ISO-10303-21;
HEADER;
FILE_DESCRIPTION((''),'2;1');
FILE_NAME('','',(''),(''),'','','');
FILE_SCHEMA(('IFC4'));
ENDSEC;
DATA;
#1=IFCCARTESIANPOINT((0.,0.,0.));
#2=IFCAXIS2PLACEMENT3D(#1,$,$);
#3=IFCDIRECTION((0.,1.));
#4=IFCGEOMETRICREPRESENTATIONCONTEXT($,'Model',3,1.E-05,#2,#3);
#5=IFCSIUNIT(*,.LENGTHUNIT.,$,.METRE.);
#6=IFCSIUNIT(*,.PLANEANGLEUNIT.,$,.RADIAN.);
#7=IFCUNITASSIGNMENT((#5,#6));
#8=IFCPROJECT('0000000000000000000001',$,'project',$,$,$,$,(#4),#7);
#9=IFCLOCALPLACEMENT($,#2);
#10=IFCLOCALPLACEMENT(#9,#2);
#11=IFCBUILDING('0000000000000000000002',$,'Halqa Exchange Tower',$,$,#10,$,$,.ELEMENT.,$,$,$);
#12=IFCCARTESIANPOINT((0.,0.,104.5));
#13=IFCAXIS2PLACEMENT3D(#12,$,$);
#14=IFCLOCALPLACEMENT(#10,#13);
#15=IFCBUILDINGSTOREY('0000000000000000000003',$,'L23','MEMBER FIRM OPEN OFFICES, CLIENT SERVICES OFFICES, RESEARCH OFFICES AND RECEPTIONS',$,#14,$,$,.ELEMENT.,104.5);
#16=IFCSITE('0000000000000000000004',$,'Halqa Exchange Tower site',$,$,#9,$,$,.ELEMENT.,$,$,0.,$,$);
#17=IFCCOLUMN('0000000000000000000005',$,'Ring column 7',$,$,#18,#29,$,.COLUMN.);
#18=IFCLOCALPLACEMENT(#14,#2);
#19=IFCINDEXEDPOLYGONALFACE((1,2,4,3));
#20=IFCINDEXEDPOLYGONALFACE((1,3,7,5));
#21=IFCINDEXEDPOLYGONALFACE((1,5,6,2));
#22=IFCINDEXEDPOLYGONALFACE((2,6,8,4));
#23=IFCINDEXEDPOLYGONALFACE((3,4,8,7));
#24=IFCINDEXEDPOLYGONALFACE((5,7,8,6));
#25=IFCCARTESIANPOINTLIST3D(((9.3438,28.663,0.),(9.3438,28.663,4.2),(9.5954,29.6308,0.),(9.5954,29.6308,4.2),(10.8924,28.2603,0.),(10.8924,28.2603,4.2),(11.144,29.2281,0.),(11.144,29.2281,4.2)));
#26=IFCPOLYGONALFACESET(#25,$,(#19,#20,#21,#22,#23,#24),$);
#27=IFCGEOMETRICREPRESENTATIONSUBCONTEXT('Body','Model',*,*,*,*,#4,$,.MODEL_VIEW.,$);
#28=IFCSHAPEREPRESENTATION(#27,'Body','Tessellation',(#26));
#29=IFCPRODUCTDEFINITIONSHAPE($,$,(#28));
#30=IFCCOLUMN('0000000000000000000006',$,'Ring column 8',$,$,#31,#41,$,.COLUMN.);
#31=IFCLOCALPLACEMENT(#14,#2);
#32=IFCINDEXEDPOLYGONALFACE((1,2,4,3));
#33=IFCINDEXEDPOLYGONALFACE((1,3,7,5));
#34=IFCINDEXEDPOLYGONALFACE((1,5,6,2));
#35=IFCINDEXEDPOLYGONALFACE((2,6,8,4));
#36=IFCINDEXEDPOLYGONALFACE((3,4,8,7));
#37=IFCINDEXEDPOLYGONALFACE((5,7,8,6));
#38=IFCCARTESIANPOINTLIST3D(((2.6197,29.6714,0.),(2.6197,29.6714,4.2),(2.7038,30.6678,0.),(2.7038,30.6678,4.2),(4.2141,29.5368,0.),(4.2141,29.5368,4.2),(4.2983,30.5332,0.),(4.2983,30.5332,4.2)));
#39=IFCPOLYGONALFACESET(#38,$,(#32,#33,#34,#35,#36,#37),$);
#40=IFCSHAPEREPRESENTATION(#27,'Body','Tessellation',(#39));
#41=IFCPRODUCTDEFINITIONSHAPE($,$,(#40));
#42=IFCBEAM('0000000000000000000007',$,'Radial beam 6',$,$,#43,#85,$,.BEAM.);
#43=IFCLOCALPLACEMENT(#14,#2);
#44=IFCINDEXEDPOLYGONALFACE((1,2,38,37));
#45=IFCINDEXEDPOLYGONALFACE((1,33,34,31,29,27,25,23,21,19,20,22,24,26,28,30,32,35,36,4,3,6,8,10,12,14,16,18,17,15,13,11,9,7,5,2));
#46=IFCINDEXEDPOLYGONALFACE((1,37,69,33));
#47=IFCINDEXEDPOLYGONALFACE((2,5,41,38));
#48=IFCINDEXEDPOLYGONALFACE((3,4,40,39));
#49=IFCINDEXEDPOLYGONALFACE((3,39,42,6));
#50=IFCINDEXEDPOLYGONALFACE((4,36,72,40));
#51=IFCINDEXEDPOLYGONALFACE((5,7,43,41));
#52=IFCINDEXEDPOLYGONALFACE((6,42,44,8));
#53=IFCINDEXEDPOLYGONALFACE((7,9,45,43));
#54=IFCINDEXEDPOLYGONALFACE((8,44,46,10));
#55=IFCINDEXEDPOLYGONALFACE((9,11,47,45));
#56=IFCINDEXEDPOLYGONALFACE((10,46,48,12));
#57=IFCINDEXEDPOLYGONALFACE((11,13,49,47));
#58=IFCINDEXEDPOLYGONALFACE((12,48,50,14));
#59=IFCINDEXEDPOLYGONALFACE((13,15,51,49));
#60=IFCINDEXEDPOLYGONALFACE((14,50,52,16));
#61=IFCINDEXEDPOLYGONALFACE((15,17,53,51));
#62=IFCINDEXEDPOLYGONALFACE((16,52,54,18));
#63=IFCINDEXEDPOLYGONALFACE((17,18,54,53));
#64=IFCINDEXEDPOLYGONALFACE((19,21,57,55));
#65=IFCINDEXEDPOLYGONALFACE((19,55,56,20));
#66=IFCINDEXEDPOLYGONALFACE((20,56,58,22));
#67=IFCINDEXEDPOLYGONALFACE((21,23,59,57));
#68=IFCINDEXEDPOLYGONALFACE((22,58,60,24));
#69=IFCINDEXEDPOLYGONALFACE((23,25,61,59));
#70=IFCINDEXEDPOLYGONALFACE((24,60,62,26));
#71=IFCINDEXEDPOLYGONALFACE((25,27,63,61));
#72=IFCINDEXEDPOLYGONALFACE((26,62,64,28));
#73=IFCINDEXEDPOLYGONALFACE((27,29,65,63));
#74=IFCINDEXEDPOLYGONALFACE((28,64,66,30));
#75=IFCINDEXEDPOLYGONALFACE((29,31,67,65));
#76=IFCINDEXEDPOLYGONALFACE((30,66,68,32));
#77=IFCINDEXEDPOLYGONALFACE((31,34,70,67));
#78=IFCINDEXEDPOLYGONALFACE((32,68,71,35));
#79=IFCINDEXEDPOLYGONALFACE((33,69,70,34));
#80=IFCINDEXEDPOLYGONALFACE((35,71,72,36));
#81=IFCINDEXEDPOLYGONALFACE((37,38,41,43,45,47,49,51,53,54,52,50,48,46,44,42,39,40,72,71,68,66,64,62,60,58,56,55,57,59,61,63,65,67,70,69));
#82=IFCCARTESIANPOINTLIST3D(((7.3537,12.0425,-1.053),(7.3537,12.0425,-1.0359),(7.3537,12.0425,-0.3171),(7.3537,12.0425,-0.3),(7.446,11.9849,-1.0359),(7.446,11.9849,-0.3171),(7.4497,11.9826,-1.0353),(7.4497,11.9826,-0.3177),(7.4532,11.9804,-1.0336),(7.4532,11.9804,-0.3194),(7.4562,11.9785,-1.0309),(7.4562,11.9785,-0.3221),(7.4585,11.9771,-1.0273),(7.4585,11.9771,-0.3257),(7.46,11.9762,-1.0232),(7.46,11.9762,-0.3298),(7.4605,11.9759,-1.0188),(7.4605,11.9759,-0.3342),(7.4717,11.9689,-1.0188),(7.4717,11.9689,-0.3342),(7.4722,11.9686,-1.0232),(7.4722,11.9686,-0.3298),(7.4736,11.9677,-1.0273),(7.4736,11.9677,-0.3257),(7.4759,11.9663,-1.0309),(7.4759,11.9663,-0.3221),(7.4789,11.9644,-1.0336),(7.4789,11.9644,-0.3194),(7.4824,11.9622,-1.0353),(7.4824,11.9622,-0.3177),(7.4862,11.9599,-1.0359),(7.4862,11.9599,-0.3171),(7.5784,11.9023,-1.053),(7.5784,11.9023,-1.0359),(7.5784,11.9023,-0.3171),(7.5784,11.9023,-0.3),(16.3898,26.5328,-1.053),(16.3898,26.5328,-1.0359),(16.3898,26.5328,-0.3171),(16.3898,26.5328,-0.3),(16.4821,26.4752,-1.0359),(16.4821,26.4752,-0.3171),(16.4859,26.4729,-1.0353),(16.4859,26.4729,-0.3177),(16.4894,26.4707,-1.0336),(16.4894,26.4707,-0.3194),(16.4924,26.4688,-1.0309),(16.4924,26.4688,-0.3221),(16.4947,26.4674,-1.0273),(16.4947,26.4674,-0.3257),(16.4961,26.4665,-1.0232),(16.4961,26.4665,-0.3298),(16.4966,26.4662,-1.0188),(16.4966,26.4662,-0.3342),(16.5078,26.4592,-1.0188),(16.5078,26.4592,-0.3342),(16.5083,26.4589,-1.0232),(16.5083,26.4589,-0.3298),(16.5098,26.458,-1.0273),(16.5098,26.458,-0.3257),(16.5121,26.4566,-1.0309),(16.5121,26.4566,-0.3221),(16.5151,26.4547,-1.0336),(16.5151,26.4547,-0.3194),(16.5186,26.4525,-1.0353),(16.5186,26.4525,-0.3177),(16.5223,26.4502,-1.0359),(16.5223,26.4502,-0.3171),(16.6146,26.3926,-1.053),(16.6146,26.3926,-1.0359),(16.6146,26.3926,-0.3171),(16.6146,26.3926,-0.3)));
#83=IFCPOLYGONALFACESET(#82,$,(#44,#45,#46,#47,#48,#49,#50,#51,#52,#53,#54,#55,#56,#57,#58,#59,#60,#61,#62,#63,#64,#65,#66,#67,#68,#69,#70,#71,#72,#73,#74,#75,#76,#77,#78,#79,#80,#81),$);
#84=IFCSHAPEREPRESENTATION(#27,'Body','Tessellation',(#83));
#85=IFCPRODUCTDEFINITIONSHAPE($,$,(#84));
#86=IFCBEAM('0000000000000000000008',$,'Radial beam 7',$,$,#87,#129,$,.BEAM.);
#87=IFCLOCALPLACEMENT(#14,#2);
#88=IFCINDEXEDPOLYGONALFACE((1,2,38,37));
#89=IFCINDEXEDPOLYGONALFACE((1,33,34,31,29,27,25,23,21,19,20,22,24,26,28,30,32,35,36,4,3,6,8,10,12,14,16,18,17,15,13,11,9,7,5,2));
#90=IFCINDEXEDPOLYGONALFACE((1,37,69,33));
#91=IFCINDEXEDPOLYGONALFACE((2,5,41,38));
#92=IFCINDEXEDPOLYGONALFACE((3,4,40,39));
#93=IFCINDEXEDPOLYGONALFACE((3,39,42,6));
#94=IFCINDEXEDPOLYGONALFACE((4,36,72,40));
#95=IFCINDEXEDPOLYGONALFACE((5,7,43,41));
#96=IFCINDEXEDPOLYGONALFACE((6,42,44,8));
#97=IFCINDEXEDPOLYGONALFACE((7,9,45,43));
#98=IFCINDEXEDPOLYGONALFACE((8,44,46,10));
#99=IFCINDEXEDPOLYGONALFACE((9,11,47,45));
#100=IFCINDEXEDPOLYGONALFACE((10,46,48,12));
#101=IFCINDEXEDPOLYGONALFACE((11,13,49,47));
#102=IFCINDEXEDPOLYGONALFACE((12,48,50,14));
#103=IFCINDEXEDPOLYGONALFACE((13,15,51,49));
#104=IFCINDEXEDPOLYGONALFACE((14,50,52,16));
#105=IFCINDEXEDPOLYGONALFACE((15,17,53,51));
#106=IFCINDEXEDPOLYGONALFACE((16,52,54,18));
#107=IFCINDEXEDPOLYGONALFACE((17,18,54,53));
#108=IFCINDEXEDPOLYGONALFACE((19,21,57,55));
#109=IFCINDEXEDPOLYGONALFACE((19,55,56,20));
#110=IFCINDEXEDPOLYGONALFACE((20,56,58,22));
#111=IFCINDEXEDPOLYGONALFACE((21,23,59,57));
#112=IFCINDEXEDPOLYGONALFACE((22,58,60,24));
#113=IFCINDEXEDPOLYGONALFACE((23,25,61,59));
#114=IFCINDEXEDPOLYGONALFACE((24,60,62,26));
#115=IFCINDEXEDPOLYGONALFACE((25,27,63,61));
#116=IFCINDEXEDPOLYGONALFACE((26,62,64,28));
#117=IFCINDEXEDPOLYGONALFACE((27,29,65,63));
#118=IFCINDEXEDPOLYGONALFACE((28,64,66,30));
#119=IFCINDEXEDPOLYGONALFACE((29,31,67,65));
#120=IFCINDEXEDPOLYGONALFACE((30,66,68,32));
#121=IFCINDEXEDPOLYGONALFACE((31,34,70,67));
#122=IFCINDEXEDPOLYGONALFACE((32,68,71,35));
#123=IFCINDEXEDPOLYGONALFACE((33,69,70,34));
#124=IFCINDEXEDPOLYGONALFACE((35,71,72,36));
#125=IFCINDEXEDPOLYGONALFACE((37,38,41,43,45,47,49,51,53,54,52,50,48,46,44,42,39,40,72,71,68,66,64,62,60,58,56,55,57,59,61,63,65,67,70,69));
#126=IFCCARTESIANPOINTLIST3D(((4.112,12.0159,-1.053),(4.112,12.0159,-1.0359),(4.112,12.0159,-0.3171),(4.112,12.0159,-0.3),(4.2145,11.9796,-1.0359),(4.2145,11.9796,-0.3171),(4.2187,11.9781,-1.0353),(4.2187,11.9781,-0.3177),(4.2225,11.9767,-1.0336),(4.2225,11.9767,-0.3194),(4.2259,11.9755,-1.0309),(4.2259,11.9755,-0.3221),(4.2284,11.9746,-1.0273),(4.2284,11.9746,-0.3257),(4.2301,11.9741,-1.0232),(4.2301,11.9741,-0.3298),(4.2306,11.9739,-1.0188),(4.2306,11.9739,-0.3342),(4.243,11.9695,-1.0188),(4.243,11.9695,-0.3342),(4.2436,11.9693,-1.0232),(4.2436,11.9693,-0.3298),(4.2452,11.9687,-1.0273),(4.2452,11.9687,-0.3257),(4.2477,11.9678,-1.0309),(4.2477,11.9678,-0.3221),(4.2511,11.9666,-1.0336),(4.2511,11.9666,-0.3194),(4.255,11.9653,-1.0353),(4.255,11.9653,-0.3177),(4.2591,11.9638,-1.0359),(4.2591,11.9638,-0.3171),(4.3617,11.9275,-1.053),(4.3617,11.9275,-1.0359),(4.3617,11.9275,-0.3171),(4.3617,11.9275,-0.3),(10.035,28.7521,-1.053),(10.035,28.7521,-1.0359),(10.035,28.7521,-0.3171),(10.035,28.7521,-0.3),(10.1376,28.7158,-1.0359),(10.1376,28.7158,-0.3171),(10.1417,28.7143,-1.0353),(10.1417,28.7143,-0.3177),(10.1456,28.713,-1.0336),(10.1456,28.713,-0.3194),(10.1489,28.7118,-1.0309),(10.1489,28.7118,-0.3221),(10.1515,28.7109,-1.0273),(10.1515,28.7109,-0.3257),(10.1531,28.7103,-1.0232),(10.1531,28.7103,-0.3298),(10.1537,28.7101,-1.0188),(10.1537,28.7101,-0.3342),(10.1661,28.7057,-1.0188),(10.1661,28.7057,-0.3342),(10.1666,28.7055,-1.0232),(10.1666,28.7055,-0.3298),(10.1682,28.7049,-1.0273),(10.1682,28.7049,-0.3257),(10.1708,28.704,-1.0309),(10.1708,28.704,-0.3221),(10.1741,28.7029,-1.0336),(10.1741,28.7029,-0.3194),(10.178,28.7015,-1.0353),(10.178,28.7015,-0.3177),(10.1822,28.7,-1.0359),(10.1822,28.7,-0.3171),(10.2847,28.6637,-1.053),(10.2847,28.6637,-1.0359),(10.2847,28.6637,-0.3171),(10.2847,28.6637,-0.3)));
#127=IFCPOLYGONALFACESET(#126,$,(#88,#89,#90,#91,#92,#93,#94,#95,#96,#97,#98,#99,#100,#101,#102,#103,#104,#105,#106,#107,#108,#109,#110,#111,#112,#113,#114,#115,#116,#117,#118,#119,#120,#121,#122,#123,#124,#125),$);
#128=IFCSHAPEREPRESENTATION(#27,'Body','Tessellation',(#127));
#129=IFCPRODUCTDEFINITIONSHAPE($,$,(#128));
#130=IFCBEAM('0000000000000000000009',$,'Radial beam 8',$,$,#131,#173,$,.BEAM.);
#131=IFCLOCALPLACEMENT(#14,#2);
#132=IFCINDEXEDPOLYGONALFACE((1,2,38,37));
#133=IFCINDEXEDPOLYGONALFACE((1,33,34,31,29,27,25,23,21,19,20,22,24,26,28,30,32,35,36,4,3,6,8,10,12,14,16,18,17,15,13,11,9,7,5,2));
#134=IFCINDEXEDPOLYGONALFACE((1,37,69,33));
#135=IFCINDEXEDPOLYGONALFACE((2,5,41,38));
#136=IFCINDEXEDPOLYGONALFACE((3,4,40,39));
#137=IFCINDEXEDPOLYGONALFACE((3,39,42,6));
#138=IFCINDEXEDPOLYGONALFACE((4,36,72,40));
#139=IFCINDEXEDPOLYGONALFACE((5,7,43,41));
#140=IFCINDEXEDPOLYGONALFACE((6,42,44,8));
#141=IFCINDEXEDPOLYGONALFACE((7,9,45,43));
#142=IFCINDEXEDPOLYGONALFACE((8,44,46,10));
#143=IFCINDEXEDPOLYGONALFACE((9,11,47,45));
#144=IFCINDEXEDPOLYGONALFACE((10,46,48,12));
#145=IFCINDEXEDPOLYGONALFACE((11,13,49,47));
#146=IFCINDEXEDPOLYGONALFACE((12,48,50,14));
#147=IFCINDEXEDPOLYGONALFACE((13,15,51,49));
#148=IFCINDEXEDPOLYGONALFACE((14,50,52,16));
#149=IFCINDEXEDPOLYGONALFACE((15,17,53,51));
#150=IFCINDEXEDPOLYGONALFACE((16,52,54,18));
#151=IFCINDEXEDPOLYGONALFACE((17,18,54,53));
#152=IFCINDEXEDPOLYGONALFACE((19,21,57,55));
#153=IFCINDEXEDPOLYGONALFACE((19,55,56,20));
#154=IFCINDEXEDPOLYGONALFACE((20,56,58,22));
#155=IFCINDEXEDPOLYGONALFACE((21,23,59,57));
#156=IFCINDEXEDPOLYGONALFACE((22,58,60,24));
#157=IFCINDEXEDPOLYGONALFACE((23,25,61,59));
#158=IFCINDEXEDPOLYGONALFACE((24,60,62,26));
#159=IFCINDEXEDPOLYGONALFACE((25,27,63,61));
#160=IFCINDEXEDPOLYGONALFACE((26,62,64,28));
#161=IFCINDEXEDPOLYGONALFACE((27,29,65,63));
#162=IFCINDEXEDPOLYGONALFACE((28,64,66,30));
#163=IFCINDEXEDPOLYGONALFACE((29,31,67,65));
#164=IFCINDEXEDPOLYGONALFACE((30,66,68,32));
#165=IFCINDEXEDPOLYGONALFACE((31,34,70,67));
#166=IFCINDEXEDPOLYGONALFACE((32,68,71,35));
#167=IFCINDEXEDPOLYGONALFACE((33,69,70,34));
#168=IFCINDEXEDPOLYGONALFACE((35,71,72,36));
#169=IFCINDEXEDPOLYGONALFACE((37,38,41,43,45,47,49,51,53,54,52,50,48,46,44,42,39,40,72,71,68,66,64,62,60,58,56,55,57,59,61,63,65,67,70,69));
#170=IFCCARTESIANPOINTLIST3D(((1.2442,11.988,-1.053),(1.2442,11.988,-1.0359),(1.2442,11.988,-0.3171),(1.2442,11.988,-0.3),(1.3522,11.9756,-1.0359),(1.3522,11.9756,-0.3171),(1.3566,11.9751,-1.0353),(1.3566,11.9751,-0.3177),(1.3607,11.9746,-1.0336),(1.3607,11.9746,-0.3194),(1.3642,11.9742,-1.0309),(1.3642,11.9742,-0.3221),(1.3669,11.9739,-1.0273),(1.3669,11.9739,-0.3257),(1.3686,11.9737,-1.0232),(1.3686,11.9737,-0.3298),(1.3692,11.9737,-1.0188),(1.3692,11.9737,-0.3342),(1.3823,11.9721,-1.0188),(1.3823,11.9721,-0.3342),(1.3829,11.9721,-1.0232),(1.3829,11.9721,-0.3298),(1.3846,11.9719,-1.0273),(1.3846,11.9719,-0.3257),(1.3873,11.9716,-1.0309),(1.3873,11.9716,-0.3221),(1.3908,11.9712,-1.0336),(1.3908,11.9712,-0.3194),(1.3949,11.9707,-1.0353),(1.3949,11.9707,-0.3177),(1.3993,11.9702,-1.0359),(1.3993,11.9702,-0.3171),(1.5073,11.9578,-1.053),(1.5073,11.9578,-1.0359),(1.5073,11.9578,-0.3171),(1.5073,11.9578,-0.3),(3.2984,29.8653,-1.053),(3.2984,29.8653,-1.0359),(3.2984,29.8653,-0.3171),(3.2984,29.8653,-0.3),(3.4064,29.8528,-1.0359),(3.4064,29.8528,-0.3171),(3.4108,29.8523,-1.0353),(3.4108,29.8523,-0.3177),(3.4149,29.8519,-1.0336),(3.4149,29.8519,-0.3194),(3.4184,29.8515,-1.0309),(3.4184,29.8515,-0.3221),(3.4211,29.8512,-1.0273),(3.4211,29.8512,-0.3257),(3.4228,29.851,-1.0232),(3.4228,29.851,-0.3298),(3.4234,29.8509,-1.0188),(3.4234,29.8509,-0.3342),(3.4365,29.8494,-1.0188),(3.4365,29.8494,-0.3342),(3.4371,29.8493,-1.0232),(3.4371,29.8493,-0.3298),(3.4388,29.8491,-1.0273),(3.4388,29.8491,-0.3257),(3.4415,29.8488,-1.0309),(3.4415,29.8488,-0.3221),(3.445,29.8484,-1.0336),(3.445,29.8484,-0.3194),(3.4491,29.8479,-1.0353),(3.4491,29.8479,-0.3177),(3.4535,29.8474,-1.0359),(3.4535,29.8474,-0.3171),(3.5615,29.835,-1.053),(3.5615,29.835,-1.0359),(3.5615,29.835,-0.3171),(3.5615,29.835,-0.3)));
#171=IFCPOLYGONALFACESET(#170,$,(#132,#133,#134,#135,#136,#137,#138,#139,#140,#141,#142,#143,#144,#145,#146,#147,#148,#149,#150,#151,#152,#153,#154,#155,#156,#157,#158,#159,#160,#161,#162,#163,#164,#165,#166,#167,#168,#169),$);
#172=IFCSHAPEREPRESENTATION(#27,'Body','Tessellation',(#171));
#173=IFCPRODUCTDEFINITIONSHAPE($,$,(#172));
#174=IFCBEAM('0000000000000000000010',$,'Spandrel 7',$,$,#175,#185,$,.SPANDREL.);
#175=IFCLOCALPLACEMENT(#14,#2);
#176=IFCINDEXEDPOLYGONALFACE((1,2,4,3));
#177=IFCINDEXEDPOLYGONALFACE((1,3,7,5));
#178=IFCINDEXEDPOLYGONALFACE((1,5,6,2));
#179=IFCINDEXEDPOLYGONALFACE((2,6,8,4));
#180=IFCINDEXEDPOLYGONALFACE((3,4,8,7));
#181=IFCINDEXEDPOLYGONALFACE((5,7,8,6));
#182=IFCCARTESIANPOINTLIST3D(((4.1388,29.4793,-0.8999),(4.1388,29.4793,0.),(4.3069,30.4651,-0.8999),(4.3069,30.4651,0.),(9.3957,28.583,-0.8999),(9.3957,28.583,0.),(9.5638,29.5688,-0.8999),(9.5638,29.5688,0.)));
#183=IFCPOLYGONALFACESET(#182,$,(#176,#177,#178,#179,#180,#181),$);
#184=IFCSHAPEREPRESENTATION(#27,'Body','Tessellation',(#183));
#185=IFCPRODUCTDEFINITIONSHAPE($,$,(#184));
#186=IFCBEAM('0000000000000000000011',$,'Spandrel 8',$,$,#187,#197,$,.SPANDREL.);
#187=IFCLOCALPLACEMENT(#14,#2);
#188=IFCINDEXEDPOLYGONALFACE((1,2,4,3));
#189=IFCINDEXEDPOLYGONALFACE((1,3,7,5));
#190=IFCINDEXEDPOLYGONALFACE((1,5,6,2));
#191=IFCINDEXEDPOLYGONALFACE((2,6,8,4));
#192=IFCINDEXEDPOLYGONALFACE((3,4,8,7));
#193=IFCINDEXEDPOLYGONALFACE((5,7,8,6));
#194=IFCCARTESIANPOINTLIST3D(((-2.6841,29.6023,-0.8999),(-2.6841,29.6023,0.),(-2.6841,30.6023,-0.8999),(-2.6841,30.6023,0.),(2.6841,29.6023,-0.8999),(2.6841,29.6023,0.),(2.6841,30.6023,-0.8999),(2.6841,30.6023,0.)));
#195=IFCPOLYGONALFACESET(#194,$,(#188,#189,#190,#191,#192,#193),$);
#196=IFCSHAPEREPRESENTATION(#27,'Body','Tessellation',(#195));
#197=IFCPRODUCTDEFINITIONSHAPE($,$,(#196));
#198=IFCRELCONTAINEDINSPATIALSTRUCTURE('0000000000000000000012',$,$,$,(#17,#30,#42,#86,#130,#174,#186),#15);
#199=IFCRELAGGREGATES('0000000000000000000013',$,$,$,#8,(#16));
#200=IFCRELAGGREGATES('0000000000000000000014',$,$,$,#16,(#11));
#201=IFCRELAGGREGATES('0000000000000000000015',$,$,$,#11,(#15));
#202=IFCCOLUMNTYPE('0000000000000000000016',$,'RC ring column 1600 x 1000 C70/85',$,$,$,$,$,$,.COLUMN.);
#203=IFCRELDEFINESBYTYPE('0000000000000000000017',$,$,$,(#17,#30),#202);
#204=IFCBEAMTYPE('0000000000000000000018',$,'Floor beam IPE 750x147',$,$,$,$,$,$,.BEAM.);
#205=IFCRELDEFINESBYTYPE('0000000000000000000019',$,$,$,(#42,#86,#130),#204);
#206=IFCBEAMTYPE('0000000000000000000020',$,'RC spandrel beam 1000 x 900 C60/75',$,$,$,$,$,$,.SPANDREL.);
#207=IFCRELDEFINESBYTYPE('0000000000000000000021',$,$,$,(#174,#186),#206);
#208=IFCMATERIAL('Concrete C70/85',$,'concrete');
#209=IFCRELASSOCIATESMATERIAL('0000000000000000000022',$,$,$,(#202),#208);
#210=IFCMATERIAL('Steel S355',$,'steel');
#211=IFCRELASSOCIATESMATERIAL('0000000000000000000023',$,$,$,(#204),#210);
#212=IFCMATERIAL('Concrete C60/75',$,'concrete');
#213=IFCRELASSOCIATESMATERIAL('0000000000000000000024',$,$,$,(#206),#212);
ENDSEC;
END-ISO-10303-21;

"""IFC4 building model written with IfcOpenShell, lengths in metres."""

from ifc_helpers import new_model, si_unit, direction, frame, origin, origin_2d, place, context, subcontext, project, spatial, rectangle, i_section, extrude, material, material_profile, profile_set, type_object, element, save


model = new_model("IFC4")

# Units and contexts
model_context = context("Model", 3, precision=1e-05, world=origin(), true_north=direction((0.0, 1.0)))
body_context = subcontext(model_context, "Body", "Model", "MODEL_VIEW")
ifc_project = project(units=[si_unit("LENGTHUNIT", "METRE"), si_unit("PLANEANGLEUNIT", "RADIAN")], contexts=[model_context])

# Site, building, storey
site_placement = place(None, origin())
site = spatial("IfcSite", under=ifc_project, at=site_placement, Name="Halqa Exchange Tower site", CompositionType="ELEMENT", RefElevation=0.0)
building_placement = place(site_placement, origin())
building = spatial("IfcBuilding", under=site, at=building_placement, Name="Halqa Exchange Tower", CompositionType="ELEMENT")
storey_placement = place(building_placement, frame((0.0, 0.0, 104.5)))
storey = spatial("IfcBuildingStorey", under=building, at=storey_placement, Name="L23", Description="MEMBER FIRM OPEN OFFICES, CLIENT SERVICES OFFICES, RESEARCH OFFICES AND RECEPTIONS", CompositionType="ELEMENT", Elevation=104.5)

# Columns
ifc_material_1 = material(Name="Concrete C70/85", Category="concrete")
ifc_material_profile_1 = material_profile(ifc_material_1, rectangle(XDim=1.6001, YDim=1.0, at=origin_2d()), Name="1600 x 1000")
ifc_profile_set_1 = profile_set([ifc_material_profile_1], Name="Concrete C70/85")
column_type = type_object("IfcColumnType", Name="RC ring column 1600 x 1000 C70/85", PredefinedType="COLUMN", material=ifc_profile_set_1)
for number, where, z_axis, x_axis, name in (
    (1, (10.2439, 28.9456, 0.0), (0.0, 0.0, 1.0), (-0.96782, 0.251644, 0.0), "Ring column 7"),
    (2, (3.459, 30.1023, 0.0), (0.0, 0.0, 1.0), (-0.996456, 0.08412, 0.0), "Ring column 8"),
):
    element("IfcColumn", number, at=place(storey_placement, frame(where, z_axis=z_axis, x_axis=x_axis)), inside=storey, type_object=column_type, Name=name, PredefinedType="COLUMN", context=body_context, shape_type="SweptSolid", body=[
        extrude(rectangle(XDim=1.6001, YDim=1.0, at=origin_2d()), origin(), (0.0, 0.0, 1.0), 4.2),
    ])

# Beams
ifc_material_2 = material(Name="Steel S355", Category="steel")
ifc_material_profile_2 = material_profile(ifc_material_2, i_section(OverallWidth=0.2649, OverallDepth=0.7529, WebThickness=0.0132, FlangeThickness=0.0171, FilletRadius=0.0171, at=origin_2d()), Name="IPE 750x147")
ifc_profile_set_2 = profile_set([ifc_material_profile_2], Name="Steel S355")
beam_type_1 = type_object("IfcBeamType", Name="Floor beam IPE 750x147", PredefinedType="BEAM", material=ifc_profile_set_2)
beam_1_placement = place(storey_placement, frame((7.4661, 11.9724, -0.6765), z_axis=(0.529145, 0.848531, 0.0), x_axis=(-0.848531, 0.529145, 0.0)))
element("IfcBeam", 3, at=beam_1_placement, inside=storey, type_object=beam_type_1, Name="Radial beam 6", PredefinedType="BEAM", context=body_context, shape_type="SweptSolid", body=[
    extrude(i_section(OverallWidth=0.2649, OverallDepth=0.7529, WebThickness=0.0132, FlangeThickness=0.0171, FilletRadius=0.0171, at=origin_2d()), origin(), (0.0, 0.0, 1.0), 17.0769),
])
beam_2_placement = place(storey_placement, frame((4.2368, 11.9717, -0.6765), z_axis=(0.333629, 0.942704, 0.0), x_axis=(-0.942704, 0.333629, 0.0)))
element("IfcBeam", 4, at=beam_2_placement, inside=storey, type_object=beam_type_1, Name="Radial beam 7", PredefinedType="BEAM", context=body_context, shape_type="SweptSolid", body=[
    extrude(i_section(OverallWidth=0.2649, OverallDepth=0.7529, WebThickness=0.0132, FlangeThickness=0.0171, FilletRadius=0.0171, at=origin_2d()), origin(), (0.0, 0.0, 1.0), 17.7534),
])
beam_3_placement = place(storey_placement, frame((1.3757, 11.9729, -0.6765), z_axis=(0.114155, 0.993463, 0.0), x_axis=(-0.993463, 0.114155, 0.0)))
element("IfcBeam", 5, at=beam_3_placement, inside=storey, type_object=beam_type_1, Name="Radial beam 8", PredefinedType="BEAM", context=body_context, shape_type="SweptSolid", body=[
    extrude(i_section(OverallWidth=0.2649, OverallDepth=0.7529, WebThickness=0.0132, FlangeThickness=0.0171, FilletRadius=0.0171, at=origin_2d()), origin(), (0.0, 0.0, 1.0), 17.9949),
])
ifc_material_3 = material(Name="Concrete C60/75", Category="concrete")
ifc_material_profile_3 = material_profile(ifc_material_3, rectangle(XDim=1.0, YDim=0.8999, at=origin_2d()), Name="1000 x 900")
ifc_profile_set_3 = profile_set([ifc_material_profile_3], Name="Concrete C60/75")
beam_type_2 = type_object("IfcBeamType", Name="RC spandrel beam 1000 x 900 C60/75", PredefinedType="SPANDREL", material=ifc_profile_set_3)
beam_4_placement = place(storey_placement, frame((9.4797, 29.0759, -0.45), z_axis=(-0.985776, 0.168065, 0.0), x_axis=(-0.168065, -0.985776, 0.0)))
element("IfcBeam", 6, at=beam_4_placement, inside=storey, type_object=beam_type_2, Name="Spandrel 7", PredefinedType="SPANDREL", context=body_context, shape_type="SweptSolid", body=[
    extrude(rectangle(XDim=1.0, YDim=0.8999, at=origin_2d()), origin(), (0.0, 0.0, 1.0), 5.3328),
])
beam_5_placement = place(storey_placement, frame((2.6841, 30.1023, -0.45), z_axis=(-1.0, 0.0, 0.0), x_axis=(0.0, -1.0, 0.0)))
element("IfcBeam", 7, at=beam_5_placement, inside=storey, type_object=beam_type_2, Name="Spandrel 8", PredefinedType="SPANDREL", context=body_context, shape_type="SweptSolid", body=[
    extrude(rectangle(XDim=1.0, YDim=0.8999, at=origin_2d()), origin(), (0.0, 0.0, 1.0), 5.3682),
])

save(model, "model.ifc")
